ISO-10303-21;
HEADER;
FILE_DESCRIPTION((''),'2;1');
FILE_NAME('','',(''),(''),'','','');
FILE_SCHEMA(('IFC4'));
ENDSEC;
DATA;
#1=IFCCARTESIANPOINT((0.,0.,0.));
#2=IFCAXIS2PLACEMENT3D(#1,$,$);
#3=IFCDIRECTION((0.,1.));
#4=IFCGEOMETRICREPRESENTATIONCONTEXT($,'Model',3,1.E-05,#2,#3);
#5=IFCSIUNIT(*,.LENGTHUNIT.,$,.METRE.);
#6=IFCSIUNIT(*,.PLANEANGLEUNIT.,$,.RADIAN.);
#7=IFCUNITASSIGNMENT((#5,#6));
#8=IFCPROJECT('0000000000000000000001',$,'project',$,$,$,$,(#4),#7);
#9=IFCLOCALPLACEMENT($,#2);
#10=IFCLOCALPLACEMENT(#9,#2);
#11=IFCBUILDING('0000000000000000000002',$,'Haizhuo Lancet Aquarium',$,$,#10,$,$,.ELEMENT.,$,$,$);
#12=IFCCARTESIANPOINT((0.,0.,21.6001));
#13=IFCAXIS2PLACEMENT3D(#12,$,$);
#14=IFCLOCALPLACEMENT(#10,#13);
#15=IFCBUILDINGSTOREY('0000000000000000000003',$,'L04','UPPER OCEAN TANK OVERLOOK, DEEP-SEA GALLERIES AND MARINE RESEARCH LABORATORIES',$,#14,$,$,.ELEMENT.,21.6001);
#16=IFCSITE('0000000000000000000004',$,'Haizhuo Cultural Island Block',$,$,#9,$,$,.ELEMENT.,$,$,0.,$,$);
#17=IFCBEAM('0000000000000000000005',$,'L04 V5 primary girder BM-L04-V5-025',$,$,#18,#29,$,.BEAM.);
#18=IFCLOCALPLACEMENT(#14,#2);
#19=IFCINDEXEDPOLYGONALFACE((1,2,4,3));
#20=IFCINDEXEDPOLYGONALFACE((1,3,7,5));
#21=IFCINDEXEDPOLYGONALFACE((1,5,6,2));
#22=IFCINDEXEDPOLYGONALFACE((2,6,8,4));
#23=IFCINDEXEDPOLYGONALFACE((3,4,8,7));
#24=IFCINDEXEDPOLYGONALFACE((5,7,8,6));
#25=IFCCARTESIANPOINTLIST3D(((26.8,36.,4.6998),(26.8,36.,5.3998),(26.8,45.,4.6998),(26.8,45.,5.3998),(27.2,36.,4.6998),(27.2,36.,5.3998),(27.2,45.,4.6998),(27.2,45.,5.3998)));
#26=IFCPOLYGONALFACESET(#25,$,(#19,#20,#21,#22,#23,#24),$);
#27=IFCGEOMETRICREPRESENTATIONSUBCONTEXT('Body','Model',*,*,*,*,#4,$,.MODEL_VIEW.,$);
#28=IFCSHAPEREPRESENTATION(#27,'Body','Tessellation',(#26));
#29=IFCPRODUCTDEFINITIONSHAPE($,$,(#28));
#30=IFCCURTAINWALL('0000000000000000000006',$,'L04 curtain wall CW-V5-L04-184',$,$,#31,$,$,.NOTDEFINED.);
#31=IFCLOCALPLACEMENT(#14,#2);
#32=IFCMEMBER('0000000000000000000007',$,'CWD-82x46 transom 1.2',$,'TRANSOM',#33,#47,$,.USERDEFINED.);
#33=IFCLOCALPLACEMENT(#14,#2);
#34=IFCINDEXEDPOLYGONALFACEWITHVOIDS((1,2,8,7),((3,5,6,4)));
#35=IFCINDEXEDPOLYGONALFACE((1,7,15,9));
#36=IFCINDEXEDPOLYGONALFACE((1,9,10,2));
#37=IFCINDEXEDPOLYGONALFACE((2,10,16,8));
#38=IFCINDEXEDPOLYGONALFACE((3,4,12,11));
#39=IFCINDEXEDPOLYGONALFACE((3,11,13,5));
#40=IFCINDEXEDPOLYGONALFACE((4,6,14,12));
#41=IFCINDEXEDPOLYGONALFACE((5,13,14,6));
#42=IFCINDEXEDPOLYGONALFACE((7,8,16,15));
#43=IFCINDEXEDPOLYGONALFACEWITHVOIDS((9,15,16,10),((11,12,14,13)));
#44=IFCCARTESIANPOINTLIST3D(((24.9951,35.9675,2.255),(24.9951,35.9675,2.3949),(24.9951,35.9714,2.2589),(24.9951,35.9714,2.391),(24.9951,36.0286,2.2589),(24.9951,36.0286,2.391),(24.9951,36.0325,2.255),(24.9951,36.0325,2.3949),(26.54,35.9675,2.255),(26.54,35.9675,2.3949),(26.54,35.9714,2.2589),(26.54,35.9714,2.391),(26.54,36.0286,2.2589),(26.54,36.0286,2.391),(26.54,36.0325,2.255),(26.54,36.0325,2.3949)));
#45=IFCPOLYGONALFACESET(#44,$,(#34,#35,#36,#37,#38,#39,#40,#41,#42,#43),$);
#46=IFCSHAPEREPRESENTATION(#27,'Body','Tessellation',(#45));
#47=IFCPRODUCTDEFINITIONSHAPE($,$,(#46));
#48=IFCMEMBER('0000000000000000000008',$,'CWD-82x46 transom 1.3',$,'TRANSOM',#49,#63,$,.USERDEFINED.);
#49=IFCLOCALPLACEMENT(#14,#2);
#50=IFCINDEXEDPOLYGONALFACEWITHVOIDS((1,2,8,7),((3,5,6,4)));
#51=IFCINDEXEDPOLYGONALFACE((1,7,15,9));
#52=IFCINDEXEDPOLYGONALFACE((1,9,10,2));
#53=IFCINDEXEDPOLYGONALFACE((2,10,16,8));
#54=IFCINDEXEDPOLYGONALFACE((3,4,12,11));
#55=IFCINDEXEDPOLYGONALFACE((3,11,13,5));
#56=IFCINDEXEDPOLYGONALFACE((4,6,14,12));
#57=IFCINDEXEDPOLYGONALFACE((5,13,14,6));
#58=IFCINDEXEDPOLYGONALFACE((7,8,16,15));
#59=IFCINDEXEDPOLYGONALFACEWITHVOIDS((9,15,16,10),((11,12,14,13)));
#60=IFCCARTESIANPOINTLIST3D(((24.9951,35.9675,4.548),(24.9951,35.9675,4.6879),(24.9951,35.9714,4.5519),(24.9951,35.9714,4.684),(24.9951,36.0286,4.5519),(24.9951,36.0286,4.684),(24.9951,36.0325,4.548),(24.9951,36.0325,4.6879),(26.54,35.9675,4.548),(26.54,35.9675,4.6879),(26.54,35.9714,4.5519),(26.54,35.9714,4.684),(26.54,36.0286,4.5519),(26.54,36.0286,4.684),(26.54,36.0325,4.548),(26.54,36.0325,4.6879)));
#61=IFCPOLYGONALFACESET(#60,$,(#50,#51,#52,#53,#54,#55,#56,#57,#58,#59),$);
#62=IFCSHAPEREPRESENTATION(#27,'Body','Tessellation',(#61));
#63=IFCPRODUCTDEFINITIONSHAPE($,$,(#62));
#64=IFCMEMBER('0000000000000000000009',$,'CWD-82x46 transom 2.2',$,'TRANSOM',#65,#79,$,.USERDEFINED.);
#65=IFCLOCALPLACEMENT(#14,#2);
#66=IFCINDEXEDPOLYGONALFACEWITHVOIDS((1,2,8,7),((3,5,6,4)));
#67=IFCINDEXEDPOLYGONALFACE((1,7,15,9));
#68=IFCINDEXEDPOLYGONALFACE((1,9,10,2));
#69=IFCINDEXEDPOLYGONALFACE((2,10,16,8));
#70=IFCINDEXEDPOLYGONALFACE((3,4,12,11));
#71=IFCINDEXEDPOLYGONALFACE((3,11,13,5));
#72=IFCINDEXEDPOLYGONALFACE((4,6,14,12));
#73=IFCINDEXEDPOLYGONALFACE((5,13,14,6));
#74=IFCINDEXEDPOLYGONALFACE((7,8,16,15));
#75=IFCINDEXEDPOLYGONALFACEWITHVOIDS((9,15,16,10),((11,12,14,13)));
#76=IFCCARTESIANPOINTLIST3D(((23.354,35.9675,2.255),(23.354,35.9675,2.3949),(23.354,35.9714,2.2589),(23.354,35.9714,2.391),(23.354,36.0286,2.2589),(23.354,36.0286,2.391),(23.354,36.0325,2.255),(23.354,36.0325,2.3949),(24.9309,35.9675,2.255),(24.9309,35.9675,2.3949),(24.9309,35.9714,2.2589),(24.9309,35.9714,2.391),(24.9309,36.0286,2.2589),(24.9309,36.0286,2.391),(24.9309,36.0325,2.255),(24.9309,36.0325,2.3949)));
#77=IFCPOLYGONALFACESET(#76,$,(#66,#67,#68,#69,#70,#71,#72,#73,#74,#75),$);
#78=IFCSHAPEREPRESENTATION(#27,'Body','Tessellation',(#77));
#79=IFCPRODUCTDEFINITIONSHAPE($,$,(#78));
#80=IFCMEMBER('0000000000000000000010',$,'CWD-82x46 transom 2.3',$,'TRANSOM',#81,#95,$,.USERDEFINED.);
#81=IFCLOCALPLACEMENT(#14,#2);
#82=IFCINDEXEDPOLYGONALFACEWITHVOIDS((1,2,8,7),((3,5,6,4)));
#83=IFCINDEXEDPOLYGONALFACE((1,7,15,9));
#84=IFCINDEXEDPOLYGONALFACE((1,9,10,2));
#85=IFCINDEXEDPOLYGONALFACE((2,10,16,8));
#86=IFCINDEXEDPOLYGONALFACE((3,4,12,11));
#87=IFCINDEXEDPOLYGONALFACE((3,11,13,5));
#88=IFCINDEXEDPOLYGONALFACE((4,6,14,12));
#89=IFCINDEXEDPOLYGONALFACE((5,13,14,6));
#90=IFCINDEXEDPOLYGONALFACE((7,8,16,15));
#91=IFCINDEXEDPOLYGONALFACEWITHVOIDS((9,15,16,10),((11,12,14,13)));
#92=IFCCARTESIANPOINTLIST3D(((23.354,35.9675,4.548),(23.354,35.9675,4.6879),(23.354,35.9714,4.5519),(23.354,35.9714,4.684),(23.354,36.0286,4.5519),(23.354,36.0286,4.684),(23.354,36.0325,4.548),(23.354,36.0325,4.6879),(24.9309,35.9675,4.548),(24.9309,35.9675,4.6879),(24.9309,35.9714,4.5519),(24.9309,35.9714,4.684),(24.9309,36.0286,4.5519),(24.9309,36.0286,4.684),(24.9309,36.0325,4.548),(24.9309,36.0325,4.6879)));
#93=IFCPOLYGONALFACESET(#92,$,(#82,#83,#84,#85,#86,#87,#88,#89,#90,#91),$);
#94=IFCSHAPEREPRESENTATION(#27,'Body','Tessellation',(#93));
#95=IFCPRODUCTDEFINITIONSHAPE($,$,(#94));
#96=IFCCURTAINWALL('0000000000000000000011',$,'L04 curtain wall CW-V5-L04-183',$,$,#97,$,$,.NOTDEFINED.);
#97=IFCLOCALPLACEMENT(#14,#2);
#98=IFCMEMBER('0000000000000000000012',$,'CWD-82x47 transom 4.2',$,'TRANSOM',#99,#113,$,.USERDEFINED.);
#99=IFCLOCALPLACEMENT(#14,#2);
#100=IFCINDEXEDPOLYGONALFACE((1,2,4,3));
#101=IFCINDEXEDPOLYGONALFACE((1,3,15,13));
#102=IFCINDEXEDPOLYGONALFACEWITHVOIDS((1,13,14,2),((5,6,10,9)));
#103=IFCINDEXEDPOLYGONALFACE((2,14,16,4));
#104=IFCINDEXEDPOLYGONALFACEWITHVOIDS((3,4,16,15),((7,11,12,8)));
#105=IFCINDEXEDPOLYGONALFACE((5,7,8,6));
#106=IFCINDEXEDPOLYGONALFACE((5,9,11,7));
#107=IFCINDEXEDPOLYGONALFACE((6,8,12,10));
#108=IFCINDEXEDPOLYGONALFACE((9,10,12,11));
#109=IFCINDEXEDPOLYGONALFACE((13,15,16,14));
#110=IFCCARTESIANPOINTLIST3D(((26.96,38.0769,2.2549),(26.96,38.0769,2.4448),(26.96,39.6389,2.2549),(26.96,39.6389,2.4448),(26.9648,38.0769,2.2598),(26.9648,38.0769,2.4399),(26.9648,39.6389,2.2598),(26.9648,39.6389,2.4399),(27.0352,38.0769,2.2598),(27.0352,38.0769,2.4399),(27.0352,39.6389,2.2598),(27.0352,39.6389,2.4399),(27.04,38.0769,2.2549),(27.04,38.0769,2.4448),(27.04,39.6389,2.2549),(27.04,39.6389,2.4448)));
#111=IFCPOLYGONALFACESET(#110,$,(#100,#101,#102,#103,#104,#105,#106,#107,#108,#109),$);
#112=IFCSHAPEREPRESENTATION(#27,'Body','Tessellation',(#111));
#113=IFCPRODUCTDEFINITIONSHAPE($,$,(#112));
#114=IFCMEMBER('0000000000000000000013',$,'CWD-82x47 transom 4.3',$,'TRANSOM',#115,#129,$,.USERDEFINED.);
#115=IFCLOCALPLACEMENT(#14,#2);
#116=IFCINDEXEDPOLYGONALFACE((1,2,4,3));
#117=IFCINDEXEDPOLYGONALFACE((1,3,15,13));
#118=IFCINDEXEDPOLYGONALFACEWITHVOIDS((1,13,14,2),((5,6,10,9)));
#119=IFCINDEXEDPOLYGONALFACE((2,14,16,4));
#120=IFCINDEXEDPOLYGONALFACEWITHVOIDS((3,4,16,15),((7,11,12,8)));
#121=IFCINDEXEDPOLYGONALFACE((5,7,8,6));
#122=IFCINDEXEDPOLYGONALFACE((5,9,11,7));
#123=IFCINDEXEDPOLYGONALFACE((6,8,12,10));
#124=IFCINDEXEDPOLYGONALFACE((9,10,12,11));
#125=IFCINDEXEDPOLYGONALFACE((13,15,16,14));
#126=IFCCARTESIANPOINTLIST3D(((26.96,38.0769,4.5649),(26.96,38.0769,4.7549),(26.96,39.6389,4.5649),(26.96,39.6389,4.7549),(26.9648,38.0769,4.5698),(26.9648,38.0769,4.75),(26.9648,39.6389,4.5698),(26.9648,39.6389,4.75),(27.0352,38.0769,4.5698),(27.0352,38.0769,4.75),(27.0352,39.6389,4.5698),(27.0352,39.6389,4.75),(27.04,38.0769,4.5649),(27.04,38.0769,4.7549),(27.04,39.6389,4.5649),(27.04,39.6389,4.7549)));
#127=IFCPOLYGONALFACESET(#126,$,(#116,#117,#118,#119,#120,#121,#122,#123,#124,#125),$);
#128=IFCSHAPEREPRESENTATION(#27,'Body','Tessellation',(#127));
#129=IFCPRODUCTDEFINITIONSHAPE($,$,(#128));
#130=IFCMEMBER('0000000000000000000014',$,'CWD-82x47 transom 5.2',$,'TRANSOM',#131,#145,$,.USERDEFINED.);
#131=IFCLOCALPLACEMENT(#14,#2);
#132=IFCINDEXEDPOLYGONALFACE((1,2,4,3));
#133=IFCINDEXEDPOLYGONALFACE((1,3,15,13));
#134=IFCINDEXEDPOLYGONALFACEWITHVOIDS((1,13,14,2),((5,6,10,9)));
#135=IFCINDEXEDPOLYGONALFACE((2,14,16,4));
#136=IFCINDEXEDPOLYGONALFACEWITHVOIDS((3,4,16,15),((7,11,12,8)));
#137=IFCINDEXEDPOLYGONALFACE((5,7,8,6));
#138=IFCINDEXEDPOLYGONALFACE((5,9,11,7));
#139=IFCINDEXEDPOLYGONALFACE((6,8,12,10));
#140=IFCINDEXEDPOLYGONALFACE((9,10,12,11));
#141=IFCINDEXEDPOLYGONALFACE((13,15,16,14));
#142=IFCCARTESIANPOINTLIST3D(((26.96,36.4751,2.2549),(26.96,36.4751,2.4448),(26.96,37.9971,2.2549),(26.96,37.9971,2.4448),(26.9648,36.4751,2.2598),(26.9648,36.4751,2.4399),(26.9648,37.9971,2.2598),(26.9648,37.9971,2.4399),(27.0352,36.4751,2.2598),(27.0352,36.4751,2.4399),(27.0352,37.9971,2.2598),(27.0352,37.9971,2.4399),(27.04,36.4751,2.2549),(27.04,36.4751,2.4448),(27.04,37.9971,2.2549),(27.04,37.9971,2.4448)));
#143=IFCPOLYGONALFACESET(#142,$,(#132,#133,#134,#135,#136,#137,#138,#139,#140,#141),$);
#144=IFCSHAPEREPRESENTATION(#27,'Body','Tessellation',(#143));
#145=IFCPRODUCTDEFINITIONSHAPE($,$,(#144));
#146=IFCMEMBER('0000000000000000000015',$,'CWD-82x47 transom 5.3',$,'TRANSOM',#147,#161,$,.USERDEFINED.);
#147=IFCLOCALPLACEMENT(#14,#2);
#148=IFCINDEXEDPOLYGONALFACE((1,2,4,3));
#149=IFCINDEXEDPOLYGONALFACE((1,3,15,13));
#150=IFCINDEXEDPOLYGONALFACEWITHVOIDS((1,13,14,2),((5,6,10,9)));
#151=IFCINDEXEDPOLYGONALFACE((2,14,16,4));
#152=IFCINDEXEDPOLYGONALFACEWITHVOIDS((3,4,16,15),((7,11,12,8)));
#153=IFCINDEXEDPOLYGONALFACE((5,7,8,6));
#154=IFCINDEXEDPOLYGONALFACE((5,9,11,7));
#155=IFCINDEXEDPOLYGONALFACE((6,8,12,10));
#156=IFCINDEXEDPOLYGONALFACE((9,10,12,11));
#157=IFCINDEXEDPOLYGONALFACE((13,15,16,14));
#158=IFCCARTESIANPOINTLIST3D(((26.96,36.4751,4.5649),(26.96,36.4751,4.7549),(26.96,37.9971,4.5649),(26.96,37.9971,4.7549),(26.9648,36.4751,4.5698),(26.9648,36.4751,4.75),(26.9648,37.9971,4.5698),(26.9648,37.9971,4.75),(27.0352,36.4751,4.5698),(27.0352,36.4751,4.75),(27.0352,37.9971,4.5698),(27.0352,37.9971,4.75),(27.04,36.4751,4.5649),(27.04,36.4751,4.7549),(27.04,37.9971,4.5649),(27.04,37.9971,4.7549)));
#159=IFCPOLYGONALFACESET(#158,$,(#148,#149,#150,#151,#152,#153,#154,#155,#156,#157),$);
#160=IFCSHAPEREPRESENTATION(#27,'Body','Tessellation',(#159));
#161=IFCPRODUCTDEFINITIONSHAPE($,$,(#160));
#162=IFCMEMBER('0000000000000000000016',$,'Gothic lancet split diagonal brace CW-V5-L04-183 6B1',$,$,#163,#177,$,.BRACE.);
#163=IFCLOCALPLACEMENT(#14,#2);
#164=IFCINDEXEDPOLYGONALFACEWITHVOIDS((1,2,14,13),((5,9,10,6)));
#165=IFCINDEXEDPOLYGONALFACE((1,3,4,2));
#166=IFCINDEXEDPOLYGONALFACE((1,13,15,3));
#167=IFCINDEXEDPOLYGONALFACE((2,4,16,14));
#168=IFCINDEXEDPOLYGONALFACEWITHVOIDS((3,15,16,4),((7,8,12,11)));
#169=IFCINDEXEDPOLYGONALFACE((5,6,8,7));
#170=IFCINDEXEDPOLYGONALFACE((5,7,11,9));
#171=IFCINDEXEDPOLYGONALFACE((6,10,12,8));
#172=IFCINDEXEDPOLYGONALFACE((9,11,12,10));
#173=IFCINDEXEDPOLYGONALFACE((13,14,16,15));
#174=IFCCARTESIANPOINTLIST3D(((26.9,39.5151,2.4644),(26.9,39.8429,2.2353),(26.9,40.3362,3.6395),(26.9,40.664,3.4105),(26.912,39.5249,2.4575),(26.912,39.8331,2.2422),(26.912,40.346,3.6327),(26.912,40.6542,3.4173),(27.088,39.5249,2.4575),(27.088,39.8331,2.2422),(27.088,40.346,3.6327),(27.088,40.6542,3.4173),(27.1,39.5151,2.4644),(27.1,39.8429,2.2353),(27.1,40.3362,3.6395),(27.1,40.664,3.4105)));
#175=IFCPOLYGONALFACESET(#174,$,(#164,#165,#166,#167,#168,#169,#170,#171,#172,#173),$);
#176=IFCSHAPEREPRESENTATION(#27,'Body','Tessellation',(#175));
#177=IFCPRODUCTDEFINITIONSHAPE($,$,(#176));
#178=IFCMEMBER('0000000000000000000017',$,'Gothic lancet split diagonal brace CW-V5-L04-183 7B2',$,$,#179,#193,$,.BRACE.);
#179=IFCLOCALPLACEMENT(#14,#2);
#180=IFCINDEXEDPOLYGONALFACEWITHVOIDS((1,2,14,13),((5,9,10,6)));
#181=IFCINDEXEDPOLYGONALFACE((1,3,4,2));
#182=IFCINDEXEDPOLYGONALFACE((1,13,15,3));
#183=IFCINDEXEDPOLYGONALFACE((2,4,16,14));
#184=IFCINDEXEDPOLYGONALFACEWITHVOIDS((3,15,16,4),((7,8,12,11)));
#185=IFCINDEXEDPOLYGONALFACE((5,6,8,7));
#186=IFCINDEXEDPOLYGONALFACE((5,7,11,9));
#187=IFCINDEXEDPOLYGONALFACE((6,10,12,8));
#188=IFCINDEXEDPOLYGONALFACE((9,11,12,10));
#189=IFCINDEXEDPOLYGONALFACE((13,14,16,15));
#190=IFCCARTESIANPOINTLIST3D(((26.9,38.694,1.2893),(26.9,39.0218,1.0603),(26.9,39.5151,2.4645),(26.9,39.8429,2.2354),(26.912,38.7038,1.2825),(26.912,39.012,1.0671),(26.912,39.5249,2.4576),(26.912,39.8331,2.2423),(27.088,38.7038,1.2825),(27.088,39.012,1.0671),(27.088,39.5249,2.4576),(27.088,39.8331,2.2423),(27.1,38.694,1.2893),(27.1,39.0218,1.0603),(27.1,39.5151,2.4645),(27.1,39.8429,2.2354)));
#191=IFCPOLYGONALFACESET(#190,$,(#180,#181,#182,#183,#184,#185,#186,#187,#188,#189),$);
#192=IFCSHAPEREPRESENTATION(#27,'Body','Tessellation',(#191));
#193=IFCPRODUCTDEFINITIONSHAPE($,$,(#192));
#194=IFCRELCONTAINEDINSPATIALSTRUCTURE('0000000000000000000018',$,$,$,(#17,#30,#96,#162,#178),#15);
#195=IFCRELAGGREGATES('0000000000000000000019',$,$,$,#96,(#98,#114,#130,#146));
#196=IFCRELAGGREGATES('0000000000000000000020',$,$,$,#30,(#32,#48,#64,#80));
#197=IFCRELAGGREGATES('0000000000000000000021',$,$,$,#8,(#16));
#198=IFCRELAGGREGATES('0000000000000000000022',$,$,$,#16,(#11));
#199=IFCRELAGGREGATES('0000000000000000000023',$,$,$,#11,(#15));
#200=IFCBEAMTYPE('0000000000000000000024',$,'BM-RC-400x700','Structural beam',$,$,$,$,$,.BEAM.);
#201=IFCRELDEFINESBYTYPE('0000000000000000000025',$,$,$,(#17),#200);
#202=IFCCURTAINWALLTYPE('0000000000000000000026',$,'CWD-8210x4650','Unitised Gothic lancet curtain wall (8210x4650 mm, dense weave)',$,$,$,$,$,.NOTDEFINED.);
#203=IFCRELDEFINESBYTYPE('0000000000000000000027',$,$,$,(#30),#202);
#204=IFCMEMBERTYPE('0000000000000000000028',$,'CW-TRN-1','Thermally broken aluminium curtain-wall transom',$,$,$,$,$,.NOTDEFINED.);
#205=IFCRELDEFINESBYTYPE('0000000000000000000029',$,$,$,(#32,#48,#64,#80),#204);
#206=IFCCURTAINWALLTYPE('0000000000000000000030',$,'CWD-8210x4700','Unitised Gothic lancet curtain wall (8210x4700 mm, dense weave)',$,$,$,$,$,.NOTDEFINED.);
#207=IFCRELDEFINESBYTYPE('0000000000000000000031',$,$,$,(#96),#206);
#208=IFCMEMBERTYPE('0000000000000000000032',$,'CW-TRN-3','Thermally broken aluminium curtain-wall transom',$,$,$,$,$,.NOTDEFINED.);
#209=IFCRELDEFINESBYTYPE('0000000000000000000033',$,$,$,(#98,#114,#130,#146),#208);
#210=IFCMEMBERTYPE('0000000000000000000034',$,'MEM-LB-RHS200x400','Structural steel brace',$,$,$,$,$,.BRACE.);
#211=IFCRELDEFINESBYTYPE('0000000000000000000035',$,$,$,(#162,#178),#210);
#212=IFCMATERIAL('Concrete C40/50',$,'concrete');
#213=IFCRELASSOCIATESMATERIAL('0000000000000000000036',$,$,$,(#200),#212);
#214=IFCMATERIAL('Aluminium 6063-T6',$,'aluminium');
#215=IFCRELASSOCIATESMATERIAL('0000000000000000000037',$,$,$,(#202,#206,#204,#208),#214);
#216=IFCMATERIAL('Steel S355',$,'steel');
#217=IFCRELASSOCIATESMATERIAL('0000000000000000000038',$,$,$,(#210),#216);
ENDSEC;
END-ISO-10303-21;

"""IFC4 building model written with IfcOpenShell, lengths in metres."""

from ifc_helpers import new_model, si_unit, direction, frame, origin, origin_2d, place, context, subcontext, project, spatial, rectangle, hollow_rectangle, extrude, material, material_profile, profile_set, type_object, element, aggregate, save


model = new_model("IFC4")

# Units and contexts
model_context = context("Model", 3, precision=1e-05, world=origin(), true_north=direction((0.0, 1.0)))
body_context = subcontext(model_context, "Body", "Model", "MODEL_VIEW")
ifc_project = project(units=[si_unit("LENGTHUNIT", "METRE"), si_unit("PLANEANGLEUNIT", "RADIAN")], contexts=[model_context])

# Site, building, storey
site_placement = place(None, origin())
site = spatial("IfcSite", under=ifc_project, at=site_placement, Name="Haizhuo Cultural Island Block", CompositionType="ELEMENT", RefElevation=0.0)
building_placement = place(site_placement, origin())
building = spatial("IfcBuilding", under=site, at=building_placement, Name="Haizhuo Lancet Aquarium", CompositionType="ELEMENT")
storey_placement = place(building_placement, frame((0.0, 0.0, 21.6001)))
storey = spatial("IfcBuildingStorey", under=building, at=storey_placement, Name="L04", Description="UPPER OCEAN TANK OVERLOOK, DEEP-SEA GALLERIES AND MARINE RESEARCH LABORATORIES", CompositionType="ELEMENT", Elevation=21.6001)

# Beam
ifc_material_1 = material(Name="Concrete C40/50", Category="concrete")
ifc_material_profile_1 = material_profile(ifc_material_1, rectangle(XDim=0.3999, YDim=0.7, at=origin_2d()), Name="RC-BM 400x700")
ifc_profile_set_1 = profile_set([ifc_material_profile_1], Name="Concrete C40/50")
beam_type = type_object("IfcBeamType", Name="BM-RC-400x700", Description="Structural beam", PredefinedType="BEAM", material=ifc_profile_set_1)
beam_placement = place(storey_placement, frame((27.0, 36.0, 5.0498), z_axis=(0.0, 1.0, 0.0), x_axis=(-1.0, 0.0, 0.0)))
element("IfcBeam", 1, at=beam_placement, inside=storey, type_object=beam_type, Name="L04 V5 primary girder BM-L04-V5-025", PredefinedType="BEAM", context=body_context, shape_type="SweptSolid", body=[
    extrude(rectangle(XDim=0.3999, YDim=0.7, at=origin_2d()), origin(), (0.0, 0.0, 1.0), 9.0),
])

# Curtain walls, members
ifc_material_2 = material(Name="Aluminium 6063-T6", Category="aluminium")
curtain_wall_type_1 = type_object("IfcCurtainWallType", Name="CWD-8210x4650", Description="Unitised Gothic lancet curtain wall (8210x4650 mm, dense weave)", PredefinedType="NOTDEFINED", material=ifc_material_2)
curtain_wall_1_placement = place(storey_placement, origin())
curtain_wall_1 = element("IfcCurtainWall", 2, at=curtain_wall_1_placement, inside=storey, type_object=curtain_wall_type_1, Name="L04 curtain wall CW-V5-L04-184", PredefinedType="NOTDEFINED")
ifc_material_profile_2 = material_profile(ifc_material_2, hollow_rectangle(XDim=0.0649, YDim=0.1399, WallThickness=0.0039, at=origin_2d()), Name="ALU-T 65x140x4")
ifc_profile_set_2 = profile_set([ifc_material_profile_2], Name="Aluminium 6063-T6")
member_type_1 = type_object("IfcMemberType", Name="CW-TRN-1", Description="Thermally broken aluminium curtain-wall transom", PredefinedType="NOTDEFINED", material=ifc_profile_set_2)
member_1_placement = place(storey_placement, frame((26.54, 36.0, 2.325), z_axis=(-1.0, 0.0, 0.0), x_axis=(0.0, -1.0, 0.0)))
member_1 = element("IfcMember", 3, at=member_1_placement, type_object=member_type_1, Name="CWD-82x46 transom 1.2", ObjectType="TRANSOM", PredefinedType="USERDEFINED", context=body_context, shape_type="SweptSolid", body=[
    extrude(hollow_rectangle(XDim=0.0649, YDim=0.1399, WallThickness=0.0039, at=origin_2d()), origin(), (0.0, 0.0, 1.0), 1.5449),
])
member_2_placement = place(storey_placement, frame((26.54, 36.0, 4.6179), z_axis=(-1.0, 0.0, 0.0), x_axis=(0.0, -1.0, 0.0)))
member_2 = element("IfcMember", 4, at=member_2_placement, type_object=member_type_1, Name="CWD-82x46 transom 1.3", ObjectType="TRANSOM", PredefinedType="USERDEFINED", context=body_context, shape_type="SweptSolid", body=[
    extrude(hollow_rectangle(XDim=0.0649, YDim=0.1399, WallThickness=0.0039, at=origin_2d()), origin(), (0.0, 0.0, 1.0), 1.5449),
])
member_3_placement = place(storey_placement, frame((24.9309, 36.0, 2.325), z_axis=(-1.0, 0.0, 0.0), x_axis=(0.0, -1.0, 0.0)))
member_3 = element("IfcMember", 5, at=member_3_placement, type_object=member_type_1, Name="CWD-82x46 transom 2.2", ObjectType="TRANSOM", PredefinedType="USERDEFINED", context=body_context, shape_type="SweptSolid", body=[
    extrude(hollow_rectangle(XDim=0.0649, YDim=0.1399, WallThickness=0.0039, at=origin_2d()), origin(), (0.0, 0.0, 1.0), 1.5769),
])
member_4_placement = place(storey_placement, frame((24.9309, 36.0, 4.6179), z_axis=(-1.0, 0.0, 0.0), x_axis=(0.0, -1.0, 0.0)))
member_4 = element("IfcMember", 6, at=member_4_placement, type_object=member_type_1, Name="CWD-82x46 transom 2.3", ObjectType="TRANSOM", PredefinedType="USERDEFINED", context=body_context, shape_type="SweptSolid", body=[
    extrude(hollow_rectangle(XDim=0.0649, YDim=0.1399, WallThickness=0.0039, at=origin_2d()), origin(), (0.0, 0.0, 1.0), 1.5769),
])
curtain_wall_type_2 = type_object("IfcCurtainWallType", Name="CWD-8210x4700", Description="Unitised Gothic lancet curtain wall (8210x4700 mm, dense weave)", PredefinedType="NOTDEFINED", material=ifc_material_2)
curtain_wall_2_placement = place(storey_placement, origin())
curtain_wall_2 = element("IfcCurtainWall", 7, at=curtain_wall_2_placement, inside=storey, type_object=curtain_wall_type_2, Name="L04 curtain wall CW-V5-L04-183", PredefinedType="NOTDEFINED")
ifc_material_profile_3 = material_profile(ifc_material_2, hollow_rectangle(XDim=0.0801, YDim=0.1899, WallThickness=0.0049, at=origin_2d()), Name="ALU-T 80x190x5")
ifc_profile_set_3 = profile_set([ifc_material_profile_3], Name="Aluminium 6063-T6")
member_type_2 = type_object("IfcMemberType", Name="CW-TRN-3", Description="Thermally broken aluminium curtain-wall transom", PredefinedType="NOTDEFINED", material=ifc_profile_set_3)
member_5_placement = place(storey_placement, frame((27.0, 39.6389, 2.3499), z_axis=(0.0, -1.0, 0.0), x_axis=(1.0, 0.0, 0.0)))
member_5 = element("IfcMember", 8, at=member_5_placement, type_object=member_type_2, Name="CWD-82x47 transom 4.2", ObjectType="TRANSOM", PredefinedType="USERDEFINED", context=body_context, shape_type="SweptSolid", body=[
    extrude(hollow_rectangle(XDim=0.0801, YDim=0.1899, WallThickness=0.0049, at=origin_2d()), origin(), (0.0, 0.0, 1.0), 1.562),
])
member_6_placement = place(storey_placement, frame((27.0, 39.6389, 4.6599), z_axis=(0.0, -1.0, 0.0), x_axis=(1.0, 0.0, 0.0)))
member_6 = element("IfcMember", 9, at=member_6_placement, type_object=member_type_2, Name="CWD-82x47 transom 4.3", ObjectType="TRANSOM", PredefinedType="USERDEFINED", context=body_context, shape_type="SweptSolid", body=[
    extrude(hollow_rectangle(XDim=0.0801, YDim=0.1899, WallThickness=0.0049, at=origin_2d()), origin(), (0.0, 0.0, 1.0), 1.562),
])
member_7_placement = place(storey_placement, frame((27.0, 37.9971, 2.3499), z_axis=(0.0, -1.0, 0.0), x_axis=(1.0, 0.0, 0.0)))
member_7 = element("IfcMember", 10, at=member_7_placement, type_object=member_type_2, Name="CWD-82x47 transom 5.2", ObjectType="TRANSOM", PredefinedType="USERDEFINED", context=body_context, shape_type="SweptSolid", body=[
    extrude(hollow_rectangle(XDim=0.0801, YDim=0.1899, WallThickness=0.0049, at=origin_2d()), origin(), (0.0, 0.0, 1.0), 1.522),
])
member_8_placement = place(storey_placement, frame((27.0, 37.9971, 4.6599), z_axis=(0.0, -1.0, 0.0), x_axis=(1.0, 0.0, 0.0)))
member_8 = element("IfcMember", 11, at=member_8_placement, type_object=member_type_2, Name="CWD-82x47 transom 5.3", ObjectType="TRANSOM", PredefinedType="USERDEFINED", context=body_context, shape_type="SweptSolid", body=[
    extrude(hollow_rectangle(XDim=0.0801, YDim=0.1899, WallThickness=0.0049, at=origin_2d()), origin(), (0.0, 0.0, 1.0), 1.522),
])

# Members
ifc_material_3 = material(Name="Steel S355", Category="steel")
ifc_material_profile_4 = material_profile(ifc_material_3, hollow_rectangle(XDim=0.2, YDim=0.3999, WallThickness=0.012, at=origin_2d()), Name="RHS 200x400x12")
ifc_profile_set_4 = profile_set([ifc_material_profile_4], Name="Steel S355")
member_type_3 = type_object("IfcMemberType", Name="MEM-LB-RHS200x400", Description="Structural steel brace", PredefinedType="BRACE", material=ifc_profile_set_4)
for number, where, z_axis, x_axis, name in (
    (12, (27.0, 39.679, 2.3499), (0.0, 0.572765, 0.81972), (-1.0, 0.0, 0.0), "Gothic lancet split diagonal brace CW-V5-L04-183 6B1"),
    (13, (27.0, 38.8579, 1.1748), (0.0, 0.572765, 0.81972), (-1.0, 0.0, 0.0), "Gothic lancet split diagonal brace CW-V5-L04-183 7B2"),
):
    element("IfcMember", number, at=place(storey_placement, frame(where, z_axis=z_axis, x_axis=x_axis)), inside=storey, type_object=member_type_3, Name=name, PredefinedType="BRACE", context=body_context, shape_type="SweptSolid", body=[
        extrude(hollow_rectangle(XDim=0.2, YDim=0.3999, WallThickness=0.012, at=origin_2d()), origin(), (0.0, 0.0, 1.0), 1.4336),
    ])

aggregate(curtain_wall_2, [member_5, member_6, member_7, member_8])
aggregate(curtain_wall_1, [member_1, member_2, member_3, member_4])

save(model, "model.ifc")
